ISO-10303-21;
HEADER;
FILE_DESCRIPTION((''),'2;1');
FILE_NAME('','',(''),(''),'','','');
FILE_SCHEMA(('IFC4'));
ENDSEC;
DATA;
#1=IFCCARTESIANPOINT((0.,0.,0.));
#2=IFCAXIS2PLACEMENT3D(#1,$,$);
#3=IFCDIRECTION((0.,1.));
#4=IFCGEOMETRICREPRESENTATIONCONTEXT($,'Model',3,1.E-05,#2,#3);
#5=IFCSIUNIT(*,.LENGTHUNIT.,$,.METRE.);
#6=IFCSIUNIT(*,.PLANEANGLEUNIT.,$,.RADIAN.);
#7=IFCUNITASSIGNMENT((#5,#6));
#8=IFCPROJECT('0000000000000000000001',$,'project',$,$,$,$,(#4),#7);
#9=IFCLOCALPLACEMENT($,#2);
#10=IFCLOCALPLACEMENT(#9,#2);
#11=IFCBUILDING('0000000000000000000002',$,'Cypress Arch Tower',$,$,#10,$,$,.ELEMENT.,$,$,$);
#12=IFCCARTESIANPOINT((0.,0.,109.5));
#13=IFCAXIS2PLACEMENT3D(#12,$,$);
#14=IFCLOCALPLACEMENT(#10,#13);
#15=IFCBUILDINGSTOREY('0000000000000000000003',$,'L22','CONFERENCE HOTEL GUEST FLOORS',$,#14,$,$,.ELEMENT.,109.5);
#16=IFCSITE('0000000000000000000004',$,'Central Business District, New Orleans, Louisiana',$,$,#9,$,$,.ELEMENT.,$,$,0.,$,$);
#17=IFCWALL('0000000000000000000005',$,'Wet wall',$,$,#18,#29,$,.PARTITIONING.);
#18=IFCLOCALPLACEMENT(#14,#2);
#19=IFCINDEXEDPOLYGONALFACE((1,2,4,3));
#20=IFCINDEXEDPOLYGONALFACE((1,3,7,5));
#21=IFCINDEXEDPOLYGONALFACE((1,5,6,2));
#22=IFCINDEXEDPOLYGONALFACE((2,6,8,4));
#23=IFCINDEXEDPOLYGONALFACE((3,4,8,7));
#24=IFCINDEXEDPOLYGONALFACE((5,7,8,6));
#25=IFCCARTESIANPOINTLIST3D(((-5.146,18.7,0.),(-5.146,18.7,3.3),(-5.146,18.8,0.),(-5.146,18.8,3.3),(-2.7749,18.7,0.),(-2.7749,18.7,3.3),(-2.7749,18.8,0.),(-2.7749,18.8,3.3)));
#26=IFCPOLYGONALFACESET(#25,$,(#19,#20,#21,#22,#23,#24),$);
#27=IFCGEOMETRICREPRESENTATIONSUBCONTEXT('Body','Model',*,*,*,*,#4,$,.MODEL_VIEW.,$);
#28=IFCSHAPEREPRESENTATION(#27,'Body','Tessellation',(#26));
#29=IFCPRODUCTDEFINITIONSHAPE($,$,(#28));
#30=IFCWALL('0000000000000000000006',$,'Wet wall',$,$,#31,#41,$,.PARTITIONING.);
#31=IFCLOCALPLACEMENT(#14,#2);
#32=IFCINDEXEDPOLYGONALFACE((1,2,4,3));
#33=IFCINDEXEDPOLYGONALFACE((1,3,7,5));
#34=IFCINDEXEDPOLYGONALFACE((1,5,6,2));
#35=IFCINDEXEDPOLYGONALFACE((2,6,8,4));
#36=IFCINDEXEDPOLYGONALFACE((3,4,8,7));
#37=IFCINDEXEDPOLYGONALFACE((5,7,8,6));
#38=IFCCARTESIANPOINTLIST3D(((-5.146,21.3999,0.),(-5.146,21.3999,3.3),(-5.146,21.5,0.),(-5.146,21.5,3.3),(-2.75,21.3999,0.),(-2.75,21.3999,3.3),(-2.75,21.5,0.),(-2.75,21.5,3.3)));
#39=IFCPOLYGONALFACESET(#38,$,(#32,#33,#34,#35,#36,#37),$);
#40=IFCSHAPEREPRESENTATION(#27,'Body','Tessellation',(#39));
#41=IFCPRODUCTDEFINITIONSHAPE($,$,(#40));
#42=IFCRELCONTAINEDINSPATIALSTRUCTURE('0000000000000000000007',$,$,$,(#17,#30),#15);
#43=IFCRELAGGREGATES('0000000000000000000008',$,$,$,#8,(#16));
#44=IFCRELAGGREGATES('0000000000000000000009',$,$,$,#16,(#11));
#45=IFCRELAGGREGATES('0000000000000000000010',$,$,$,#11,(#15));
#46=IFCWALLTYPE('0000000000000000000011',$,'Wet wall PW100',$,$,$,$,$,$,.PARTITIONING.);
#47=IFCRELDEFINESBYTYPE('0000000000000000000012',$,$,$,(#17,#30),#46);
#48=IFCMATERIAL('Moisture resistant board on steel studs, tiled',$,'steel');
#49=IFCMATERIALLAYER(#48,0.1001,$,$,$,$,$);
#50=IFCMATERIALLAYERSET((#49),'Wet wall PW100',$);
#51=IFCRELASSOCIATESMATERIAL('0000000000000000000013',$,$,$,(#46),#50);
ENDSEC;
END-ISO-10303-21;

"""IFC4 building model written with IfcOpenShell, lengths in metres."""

from ifc_helpers import new_model, si_unit, direction, frame, frame_2d, origin, place, context, subcontext, project, spatial, rectangle, extrude, material, layer, layer_set, type_object, element, save


model = new_model("IFC4")

# Units and contexts
model_context = context("Model", 3, precision=1e-05, world=origin(), true_north=direction((0.0, 1.0)))
body_context = subcontext(model_context, "Body", "Model", "MODEL_VIEW")
ifc_project = project(units=[si_unit("LENGTHUNIT", "METRE"), si_unit("PLANEANGLEUNIT", "RADIAN")], contexts=[model_context])

# Site, building, storey
site_placement = place(None, origin())
site = spatial("IfcSite", under=ifc_project, at=site_placement, Name="Central Business District, New Orleans, Louisiana", CompositionType="ELEMENT", RefElevation=0.0)
building_placement = place(site_placement, origin())
building = spatial("IfcBuilding", under=site, at=building_placement, Name="Cypress Arch Tower", CompositionType="ELEMENT")
storey_placement = place(building_placement, frame((0.0, 0.0, 109.5)))
storey = spatial("IfcBuildingStorey", under=building, at=storey_placement, Name="L22", Description="CONFERENCE HOTEL GUEST FLOORS", CompositionType="ELEMENT", Elevation=109.5)

# Shared definitions
ifc_material_1 = material(Name="Moisture resistant board on steel studs, tiled", Category="steel")
ifc_layer_1 = layer(ifc_material_1, 0.1001)
ifc_layer_set_1 = layer_set([ifc_layer_1], Name="Wet wall PW100")
wall_type_1 = type_object("IfcWallType", Name="Wet wall PW100", PredefinedType="PARTITIONING", material=ifc_layer_set_1)

# Walls
wall_1_placement = place(storey_placement, frame((-5.146, 18.75, 0.0), z_axis=(0.0, 0.0, 1.0), x_axis=(1.0, 0.0, 0.0)))
element("IfcWall", 1, at=wall_1_placement, inside=storey, type_object=wall_type_1, Name="Wet wall", PredefinedType="PARTITIONING", context=body_context, shape_type="SweptSolid", body=[
    extrude(rectangle(XDim=2.3711, YDim=0.1001, at=frame_2d((1.1855, 0.0))), origin(), (0.0, 0.0, 1.0), 3.3),
])
wall_2_placement = place(storey_placement, frame((-5.146, 21.45, 0.0), z_axis=(0.0, 0.0, 1.0), x_axis=(1.0, 0.0, 0.0)))
element("IfcWall", 2, at=wall_2_placement, inside=storey, type_object=wall_type_1, Name="Wet wall", PredefinedType="PARTITIONING", context=body_context, shape_type="SweptSolid", body=[
    extrude(rectangle(XDim=2.396, YDim=0.1001, at=frame_2d((1.198, 0.0))), origin(), (0.0, 0.0, 1.0), 3.3),
])

save(model, "model.ifc")
